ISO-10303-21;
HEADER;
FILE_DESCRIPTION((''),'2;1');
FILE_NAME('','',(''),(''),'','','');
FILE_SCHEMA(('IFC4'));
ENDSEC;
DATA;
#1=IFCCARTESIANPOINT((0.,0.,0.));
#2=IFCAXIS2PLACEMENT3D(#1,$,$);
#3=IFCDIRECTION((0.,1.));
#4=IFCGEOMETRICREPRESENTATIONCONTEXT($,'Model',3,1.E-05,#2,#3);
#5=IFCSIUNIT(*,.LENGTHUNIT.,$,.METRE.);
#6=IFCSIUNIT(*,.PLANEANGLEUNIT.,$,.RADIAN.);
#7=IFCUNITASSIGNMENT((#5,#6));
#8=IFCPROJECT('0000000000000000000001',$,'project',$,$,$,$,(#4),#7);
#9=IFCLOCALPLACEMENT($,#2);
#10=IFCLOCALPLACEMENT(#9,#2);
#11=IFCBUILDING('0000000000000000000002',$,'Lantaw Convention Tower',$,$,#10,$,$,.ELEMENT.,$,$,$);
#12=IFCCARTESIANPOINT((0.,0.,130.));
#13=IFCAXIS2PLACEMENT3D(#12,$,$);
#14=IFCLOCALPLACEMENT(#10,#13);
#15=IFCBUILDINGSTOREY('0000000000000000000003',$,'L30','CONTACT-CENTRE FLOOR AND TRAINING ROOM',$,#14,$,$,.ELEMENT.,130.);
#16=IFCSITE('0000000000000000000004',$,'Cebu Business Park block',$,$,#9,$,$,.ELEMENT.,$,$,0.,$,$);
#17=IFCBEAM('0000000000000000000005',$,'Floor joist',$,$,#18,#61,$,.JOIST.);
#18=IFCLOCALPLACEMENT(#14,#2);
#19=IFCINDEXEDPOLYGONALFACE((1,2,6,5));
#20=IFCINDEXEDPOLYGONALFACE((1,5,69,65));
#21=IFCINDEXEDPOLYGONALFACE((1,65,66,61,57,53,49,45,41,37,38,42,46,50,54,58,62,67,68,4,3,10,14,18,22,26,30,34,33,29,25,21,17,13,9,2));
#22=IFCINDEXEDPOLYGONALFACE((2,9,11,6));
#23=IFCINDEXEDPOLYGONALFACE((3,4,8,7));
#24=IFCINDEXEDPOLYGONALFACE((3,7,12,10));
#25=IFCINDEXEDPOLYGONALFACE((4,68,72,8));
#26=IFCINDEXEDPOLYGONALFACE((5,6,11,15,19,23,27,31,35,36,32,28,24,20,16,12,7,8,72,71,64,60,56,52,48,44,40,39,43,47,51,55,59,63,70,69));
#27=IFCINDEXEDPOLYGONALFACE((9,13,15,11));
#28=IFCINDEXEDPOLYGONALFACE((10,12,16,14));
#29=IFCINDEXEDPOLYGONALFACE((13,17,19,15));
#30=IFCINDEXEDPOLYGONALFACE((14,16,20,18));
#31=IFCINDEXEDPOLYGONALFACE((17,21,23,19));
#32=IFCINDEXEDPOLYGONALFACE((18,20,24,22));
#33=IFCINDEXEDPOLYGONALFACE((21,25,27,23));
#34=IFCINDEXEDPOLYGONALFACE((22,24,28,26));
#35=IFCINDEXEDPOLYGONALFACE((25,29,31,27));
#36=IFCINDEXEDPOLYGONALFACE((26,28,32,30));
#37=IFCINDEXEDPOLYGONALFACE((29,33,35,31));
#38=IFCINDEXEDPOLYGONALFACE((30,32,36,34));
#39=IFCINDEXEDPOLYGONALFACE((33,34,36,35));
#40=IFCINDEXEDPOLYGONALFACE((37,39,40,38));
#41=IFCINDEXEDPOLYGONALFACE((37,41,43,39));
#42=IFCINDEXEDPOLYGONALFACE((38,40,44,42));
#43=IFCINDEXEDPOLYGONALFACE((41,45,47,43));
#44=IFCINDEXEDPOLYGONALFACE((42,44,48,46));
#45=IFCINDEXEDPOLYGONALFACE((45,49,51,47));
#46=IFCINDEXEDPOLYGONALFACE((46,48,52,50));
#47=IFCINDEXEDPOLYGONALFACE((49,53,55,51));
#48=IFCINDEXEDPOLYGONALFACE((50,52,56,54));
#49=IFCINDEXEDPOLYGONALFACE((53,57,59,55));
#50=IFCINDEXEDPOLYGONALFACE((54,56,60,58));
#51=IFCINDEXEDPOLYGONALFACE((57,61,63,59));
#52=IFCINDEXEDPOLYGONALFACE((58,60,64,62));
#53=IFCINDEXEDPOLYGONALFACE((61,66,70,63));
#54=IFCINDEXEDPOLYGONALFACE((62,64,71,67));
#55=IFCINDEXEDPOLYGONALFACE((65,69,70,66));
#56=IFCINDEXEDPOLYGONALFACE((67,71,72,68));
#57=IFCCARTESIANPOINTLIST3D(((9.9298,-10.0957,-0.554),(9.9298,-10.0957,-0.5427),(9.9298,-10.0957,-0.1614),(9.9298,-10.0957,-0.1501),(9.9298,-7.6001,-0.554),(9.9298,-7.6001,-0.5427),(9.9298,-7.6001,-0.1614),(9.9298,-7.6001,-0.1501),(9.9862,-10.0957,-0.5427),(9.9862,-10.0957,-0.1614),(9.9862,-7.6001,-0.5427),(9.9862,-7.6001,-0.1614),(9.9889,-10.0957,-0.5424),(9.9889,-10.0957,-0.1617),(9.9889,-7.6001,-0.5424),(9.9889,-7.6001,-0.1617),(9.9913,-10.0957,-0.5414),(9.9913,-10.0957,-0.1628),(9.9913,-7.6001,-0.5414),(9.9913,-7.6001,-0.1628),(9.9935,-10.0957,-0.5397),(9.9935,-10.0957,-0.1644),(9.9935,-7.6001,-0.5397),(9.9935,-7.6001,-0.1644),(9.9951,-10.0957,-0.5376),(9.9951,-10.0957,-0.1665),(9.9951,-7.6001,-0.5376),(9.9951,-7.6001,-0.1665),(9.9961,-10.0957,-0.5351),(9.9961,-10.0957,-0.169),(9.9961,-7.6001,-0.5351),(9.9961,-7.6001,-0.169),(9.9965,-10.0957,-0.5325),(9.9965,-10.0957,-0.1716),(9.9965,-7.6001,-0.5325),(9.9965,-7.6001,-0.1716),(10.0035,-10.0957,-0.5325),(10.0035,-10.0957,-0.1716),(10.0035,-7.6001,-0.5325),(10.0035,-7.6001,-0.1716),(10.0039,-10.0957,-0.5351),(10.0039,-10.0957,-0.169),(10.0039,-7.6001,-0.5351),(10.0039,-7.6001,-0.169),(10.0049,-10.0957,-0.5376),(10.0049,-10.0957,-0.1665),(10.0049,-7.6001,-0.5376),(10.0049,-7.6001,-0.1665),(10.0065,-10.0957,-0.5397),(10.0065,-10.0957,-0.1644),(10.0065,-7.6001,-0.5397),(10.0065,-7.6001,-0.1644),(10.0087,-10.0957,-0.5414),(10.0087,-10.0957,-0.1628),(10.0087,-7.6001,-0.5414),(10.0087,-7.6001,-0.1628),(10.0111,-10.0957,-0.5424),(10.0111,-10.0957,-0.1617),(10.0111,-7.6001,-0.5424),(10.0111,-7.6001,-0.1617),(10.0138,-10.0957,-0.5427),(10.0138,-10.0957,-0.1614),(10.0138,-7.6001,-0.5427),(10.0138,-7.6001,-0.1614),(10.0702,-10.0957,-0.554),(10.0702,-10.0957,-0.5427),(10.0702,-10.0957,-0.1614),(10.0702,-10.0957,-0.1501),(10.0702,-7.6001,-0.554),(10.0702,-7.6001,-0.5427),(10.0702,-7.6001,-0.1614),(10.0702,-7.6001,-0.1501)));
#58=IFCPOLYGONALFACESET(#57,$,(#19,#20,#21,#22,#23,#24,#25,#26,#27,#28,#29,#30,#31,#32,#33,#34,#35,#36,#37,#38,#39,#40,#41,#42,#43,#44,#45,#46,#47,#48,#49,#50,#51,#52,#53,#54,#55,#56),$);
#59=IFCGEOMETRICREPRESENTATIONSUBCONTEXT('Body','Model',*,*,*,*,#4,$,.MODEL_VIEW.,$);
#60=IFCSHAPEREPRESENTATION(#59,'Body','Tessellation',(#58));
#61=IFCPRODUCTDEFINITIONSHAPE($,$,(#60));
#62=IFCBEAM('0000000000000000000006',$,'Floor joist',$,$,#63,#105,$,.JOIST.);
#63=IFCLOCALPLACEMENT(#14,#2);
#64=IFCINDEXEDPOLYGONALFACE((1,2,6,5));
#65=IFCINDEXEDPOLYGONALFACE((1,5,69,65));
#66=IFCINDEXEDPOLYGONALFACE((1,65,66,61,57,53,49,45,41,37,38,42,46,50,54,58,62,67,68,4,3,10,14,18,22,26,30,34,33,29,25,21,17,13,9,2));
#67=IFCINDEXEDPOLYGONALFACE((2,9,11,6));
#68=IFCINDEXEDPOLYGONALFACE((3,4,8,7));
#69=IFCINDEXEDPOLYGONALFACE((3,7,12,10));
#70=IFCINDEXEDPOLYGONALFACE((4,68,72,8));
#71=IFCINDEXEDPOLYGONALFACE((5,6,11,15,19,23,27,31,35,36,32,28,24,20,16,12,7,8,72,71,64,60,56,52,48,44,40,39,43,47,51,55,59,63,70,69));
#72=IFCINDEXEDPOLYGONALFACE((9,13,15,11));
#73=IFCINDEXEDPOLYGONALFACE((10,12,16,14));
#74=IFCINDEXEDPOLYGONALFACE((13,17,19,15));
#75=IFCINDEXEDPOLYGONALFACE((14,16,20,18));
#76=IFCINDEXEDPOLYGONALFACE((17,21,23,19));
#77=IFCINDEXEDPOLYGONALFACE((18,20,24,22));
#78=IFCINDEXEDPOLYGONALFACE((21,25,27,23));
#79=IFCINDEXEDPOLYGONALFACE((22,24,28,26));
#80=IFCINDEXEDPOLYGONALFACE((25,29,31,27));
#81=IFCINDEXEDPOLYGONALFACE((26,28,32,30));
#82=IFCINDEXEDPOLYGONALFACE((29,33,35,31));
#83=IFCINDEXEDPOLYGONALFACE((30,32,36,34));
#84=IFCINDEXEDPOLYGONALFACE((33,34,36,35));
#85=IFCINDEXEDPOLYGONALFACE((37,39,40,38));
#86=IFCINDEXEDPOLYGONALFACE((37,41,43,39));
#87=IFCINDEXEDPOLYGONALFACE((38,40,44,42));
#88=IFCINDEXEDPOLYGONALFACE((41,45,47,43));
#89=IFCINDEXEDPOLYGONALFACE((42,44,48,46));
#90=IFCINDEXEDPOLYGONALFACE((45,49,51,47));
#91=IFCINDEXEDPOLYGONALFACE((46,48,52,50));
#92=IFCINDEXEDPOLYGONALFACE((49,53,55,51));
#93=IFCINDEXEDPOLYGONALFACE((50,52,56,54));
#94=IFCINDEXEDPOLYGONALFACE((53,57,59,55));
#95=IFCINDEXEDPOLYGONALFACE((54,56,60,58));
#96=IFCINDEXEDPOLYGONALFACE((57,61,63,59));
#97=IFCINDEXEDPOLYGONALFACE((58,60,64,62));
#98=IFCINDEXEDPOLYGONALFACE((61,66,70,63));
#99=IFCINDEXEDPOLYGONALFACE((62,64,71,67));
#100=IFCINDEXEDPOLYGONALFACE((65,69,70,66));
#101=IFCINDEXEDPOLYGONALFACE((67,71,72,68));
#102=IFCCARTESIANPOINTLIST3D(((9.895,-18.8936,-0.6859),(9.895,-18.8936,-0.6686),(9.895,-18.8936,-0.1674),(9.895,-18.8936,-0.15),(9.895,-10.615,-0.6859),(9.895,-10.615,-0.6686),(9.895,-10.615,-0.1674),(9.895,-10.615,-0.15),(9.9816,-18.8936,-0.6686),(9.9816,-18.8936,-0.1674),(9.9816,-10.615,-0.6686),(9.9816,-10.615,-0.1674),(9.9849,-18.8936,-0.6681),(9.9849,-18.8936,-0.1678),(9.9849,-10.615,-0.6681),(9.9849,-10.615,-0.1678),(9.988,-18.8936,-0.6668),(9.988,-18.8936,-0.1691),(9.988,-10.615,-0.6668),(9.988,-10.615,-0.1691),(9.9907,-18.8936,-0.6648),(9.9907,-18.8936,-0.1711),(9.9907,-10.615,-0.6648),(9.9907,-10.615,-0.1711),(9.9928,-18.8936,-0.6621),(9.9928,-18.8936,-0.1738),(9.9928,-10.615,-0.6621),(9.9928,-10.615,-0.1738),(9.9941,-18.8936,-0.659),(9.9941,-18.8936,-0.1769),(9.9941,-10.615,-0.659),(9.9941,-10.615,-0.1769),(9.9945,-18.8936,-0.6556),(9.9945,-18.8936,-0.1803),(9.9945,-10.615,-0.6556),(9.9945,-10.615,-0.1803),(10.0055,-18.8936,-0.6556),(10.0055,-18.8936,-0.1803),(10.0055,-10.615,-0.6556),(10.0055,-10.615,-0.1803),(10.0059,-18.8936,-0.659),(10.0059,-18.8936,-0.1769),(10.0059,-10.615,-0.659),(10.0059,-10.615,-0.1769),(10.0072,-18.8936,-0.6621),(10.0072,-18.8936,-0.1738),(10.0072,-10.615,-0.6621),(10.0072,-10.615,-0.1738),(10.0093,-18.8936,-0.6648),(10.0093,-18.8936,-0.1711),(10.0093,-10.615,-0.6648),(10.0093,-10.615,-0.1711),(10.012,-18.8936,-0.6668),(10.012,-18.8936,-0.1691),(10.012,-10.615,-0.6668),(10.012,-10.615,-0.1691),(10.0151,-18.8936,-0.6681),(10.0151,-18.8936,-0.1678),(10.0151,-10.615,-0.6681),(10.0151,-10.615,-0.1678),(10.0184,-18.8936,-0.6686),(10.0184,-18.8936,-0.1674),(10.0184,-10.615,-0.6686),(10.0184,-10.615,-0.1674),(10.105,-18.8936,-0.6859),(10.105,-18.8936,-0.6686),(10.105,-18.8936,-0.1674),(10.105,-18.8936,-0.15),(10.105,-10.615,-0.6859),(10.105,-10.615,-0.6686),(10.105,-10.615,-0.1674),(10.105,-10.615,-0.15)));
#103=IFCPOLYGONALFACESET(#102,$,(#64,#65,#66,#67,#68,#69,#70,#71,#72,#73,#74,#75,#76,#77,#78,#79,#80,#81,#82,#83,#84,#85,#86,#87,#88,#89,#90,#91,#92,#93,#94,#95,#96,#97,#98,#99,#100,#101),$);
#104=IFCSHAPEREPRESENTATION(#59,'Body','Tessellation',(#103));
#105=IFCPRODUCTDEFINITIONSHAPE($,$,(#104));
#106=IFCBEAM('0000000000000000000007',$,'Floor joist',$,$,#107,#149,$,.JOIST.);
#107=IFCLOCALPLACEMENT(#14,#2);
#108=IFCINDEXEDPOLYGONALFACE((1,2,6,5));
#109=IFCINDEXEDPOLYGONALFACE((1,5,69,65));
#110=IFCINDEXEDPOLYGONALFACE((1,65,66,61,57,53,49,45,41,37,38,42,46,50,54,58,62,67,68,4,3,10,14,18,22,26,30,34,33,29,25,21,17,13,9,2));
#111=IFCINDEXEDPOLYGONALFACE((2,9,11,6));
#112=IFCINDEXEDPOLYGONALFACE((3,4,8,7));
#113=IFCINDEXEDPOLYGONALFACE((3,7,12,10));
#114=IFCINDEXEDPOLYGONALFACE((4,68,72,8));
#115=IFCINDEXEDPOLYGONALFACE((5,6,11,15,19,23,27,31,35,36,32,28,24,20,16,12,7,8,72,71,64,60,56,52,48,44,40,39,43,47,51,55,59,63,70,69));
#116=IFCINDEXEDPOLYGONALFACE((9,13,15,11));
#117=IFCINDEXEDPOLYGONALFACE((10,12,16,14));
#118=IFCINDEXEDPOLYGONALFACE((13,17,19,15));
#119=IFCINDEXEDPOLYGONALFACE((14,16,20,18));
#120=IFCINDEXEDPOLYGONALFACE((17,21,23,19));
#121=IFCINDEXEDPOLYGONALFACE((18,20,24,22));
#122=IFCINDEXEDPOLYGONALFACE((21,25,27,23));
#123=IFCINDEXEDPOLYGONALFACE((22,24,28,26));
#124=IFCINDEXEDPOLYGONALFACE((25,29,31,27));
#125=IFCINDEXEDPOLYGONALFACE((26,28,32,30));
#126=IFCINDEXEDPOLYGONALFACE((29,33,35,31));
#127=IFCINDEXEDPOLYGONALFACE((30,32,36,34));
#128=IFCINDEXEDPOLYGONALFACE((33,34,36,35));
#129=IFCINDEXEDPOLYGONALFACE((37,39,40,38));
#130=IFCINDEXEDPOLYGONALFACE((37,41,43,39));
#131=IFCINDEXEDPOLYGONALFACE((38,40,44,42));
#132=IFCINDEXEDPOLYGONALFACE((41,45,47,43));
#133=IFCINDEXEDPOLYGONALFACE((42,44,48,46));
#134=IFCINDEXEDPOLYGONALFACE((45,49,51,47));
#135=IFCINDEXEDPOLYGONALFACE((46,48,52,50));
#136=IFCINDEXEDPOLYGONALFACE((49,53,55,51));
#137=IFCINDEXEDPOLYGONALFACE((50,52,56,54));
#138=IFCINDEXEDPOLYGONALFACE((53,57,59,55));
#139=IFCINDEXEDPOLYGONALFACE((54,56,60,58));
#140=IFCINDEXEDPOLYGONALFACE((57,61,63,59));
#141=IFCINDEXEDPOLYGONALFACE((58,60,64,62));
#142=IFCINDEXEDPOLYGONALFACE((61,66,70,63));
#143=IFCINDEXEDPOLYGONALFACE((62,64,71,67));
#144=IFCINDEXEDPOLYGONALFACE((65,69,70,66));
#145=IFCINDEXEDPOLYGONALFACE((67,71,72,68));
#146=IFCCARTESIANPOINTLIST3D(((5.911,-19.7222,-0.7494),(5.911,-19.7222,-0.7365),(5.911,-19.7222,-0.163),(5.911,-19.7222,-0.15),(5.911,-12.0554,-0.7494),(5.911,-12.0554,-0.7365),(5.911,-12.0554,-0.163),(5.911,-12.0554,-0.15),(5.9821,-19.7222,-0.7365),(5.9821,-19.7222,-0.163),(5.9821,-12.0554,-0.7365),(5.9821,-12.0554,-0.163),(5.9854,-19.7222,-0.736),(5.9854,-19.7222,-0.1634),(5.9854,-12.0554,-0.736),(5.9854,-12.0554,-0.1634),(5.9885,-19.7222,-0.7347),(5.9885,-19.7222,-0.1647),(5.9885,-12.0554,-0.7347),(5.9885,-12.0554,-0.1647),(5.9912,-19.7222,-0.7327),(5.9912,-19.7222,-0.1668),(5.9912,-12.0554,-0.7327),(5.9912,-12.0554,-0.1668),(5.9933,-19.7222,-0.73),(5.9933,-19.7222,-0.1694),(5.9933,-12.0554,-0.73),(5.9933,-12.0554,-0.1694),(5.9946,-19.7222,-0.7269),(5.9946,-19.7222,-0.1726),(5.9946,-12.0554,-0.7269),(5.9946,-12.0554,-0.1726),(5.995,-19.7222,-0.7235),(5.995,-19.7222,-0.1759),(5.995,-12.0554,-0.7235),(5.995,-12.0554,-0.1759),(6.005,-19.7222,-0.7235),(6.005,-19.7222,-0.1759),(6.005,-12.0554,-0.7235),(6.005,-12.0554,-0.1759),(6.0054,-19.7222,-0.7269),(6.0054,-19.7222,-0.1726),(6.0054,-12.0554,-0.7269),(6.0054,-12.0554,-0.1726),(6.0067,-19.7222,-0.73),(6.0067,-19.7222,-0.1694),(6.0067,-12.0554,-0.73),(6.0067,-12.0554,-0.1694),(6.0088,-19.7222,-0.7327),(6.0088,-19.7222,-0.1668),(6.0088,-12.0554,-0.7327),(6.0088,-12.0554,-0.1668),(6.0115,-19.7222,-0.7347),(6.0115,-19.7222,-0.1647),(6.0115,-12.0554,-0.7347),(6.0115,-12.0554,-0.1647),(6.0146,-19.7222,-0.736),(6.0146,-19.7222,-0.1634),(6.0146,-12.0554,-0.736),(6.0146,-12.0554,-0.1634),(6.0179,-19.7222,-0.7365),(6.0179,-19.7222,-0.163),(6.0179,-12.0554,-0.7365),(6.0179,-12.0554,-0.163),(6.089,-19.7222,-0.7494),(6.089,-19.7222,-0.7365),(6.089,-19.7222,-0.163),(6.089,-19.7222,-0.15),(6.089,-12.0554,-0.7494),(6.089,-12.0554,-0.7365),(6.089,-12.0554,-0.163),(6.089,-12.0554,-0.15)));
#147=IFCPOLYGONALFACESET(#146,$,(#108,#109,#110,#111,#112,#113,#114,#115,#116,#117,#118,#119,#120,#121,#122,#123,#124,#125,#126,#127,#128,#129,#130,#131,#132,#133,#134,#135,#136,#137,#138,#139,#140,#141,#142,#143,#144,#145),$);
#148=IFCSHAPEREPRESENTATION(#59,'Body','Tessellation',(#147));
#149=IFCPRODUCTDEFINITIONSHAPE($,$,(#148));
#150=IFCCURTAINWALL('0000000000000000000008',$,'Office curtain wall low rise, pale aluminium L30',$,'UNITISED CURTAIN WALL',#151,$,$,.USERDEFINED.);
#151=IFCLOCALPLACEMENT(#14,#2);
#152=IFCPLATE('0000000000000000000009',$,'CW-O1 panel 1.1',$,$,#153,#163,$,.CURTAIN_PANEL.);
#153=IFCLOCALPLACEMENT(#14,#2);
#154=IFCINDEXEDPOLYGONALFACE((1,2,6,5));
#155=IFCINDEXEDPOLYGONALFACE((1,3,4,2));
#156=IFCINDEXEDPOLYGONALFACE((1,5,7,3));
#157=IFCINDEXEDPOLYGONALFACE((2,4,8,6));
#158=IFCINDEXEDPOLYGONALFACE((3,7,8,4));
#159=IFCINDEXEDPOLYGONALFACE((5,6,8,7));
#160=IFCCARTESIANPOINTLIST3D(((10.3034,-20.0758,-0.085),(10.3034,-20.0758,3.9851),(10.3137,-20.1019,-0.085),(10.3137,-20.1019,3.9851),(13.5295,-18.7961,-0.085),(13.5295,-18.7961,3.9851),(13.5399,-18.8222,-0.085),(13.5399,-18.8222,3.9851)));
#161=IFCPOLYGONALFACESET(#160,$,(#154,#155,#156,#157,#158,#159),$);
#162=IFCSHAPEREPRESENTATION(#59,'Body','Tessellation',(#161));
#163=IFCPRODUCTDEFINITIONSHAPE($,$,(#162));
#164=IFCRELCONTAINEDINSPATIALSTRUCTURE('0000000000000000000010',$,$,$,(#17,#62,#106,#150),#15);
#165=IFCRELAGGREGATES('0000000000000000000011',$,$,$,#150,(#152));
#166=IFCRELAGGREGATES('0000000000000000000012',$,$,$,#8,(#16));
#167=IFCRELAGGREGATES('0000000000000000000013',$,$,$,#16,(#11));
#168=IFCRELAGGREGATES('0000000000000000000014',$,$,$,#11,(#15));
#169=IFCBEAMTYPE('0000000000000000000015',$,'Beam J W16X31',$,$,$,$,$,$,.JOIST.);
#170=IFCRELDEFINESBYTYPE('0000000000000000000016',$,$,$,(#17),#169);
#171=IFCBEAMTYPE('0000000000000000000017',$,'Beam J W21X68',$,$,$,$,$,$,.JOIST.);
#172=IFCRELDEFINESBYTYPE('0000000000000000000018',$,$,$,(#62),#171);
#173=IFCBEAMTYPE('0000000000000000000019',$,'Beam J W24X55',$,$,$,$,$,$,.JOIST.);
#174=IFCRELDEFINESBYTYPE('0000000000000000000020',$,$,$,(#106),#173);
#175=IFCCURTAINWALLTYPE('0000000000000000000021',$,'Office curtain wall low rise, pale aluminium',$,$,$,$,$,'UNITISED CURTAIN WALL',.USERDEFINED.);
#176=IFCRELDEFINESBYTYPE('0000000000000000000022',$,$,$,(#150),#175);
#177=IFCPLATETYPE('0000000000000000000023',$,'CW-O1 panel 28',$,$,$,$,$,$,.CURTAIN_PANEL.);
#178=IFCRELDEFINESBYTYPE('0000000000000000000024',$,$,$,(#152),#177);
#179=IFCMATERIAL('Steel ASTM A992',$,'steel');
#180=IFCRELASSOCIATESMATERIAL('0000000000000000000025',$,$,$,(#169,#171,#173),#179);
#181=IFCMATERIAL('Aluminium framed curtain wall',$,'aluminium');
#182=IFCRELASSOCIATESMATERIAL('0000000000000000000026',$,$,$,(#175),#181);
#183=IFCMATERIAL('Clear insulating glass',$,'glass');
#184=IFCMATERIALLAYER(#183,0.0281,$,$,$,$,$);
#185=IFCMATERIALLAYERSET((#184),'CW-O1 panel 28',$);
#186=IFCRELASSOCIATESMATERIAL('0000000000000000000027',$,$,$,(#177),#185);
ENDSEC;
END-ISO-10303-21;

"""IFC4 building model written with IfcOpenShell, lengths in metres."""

from ifc_helpers import new_model, si_unit, direction, frame, origin, origin_2d, place, context, subcontext, project, spatial, rectangle, i_section, extrude, material, layer, layer_set, material_profile, profile_set, type_object, element, aggregate, save


model = new_model("IFC4")

# Units and contexts
model_context = context("Model", 3, precision=1e-05, world=origin(), true_north=direction((0.0, 1.0)))
body_context = subcontext(model_context, "Body", "Model", "MODEL_VIEW")
ifc_project = project(units=[si_unit("LENGTHUNIT", "METRE"), si_unit("PLANEANGLEUNIT", "RADIAN")], contexts=[model_context])

# Site, building, storey
site_placement = place(None, origin())
site = spatial("IfcSite", under=ifc_project, at=site_placement, Name="Cebu Business Park block", CompositionType="ELEMENT", RefElevation=0.0)
building_placement = place(site_placement, origin())
building = spatial("IfcBuilding", under=site, at=building_placement, Name="Lantaw Convention Tower", CompositionType="ELEMENT")
storey_placement = place(building_placement, frame((0.0, 0.0, 130.0)))
storey = spatial("IfcBuildingStorey", under=building, at=storey_placement, Name="L30", Description="CONTACT-CENTRE FLOOR AND TRAINING ROOM", CompositionType="ELEMENT", Elevation=130.0)

# Beams
ifc_material_1 = material(Name="Steel ASTM A992", Category="steel")
ifc_material_profile_1 = material_profile(ifc_material_1, i_section(OverallWidth=0.1404, OverallDepth=0.4038, WebThickness=0.0071, FlangeThickness=0.0112, FilletRadius=0.0103, at=origin_2d()), Name="W16X31")
ifc_profile_set_1 = profile_set([ifc_material_profile_1], Name="Steel ASTM A992")
beam_type_1 = type_object("IfcBeamType", Name="Beam J W16X31", PredefinedType="JOIST", material=ifc_profile_set_1)
beam_1_placement = place(storey_placement, frame((10.0, -10.0957, -0.3521), z_axis=(0.0, 1.0, 0.0), x_axis=(-1.0, 0.0, 0.0)))
element("IfcBeam", 1, at=beam_1_placement, inside=storey, type_object=beam_type_1, Name="Floor joist", PredefinedType="JOIST", context=body_context, shape_type="SweptSolid", body=[
    extrude(i_section(OverallWidth=0.1404, OverallDepth=0.4038, WebThickness=0.0071, FlangeThickness=0.0112, FilletRadius=0.0103, at=origin_2d()), origin(), (0.0, 0.0, 1.0), 2.4956),
])
ifc_material_profile_2 = material_profile(ifc_material_1, i_section(OverallWidth=0.21, OverallDepth=0.5359, WebThickness=0.011, FlangeThickness=0.0173, FilletRadius=0.0129, at=origin_2d()), Name="W21X68")
ifc_profile_set_2 = profile_set([ifc_material_profile_2], Name="Steel ASTM A992")
beam_type_2 = type_object("IfcBeamType", Name="Beam J W21X68", PredefinedType="JOIST", material=ifc_profile_set_2)
beam_2_placement = place(storey_placement, frame((10.0, -18.8936, -0.418), z_axis=(0.0, 1.0, 0.0), x_axis=(-1.0, 0.0, 0.0)))
element("IfcBeam", 2, at=beam_2_placement, inside=storey, type_object=beam_type_2, Name="Floor joist", PredefinedType="JOIST", context=body_context, shape_type="SweptSolid", body=[
    extrude(i_section(OverallWidth=0.21, OverallDepth=0.5359, WebThickness=0.011, FlangeThickness=0.0173, FilletRadius=0.0129, at=origin_2d()), origin(), (0.0, 0.0, 1.0), 8.2786),
])
ifc_material_profile_3 = material_profile(ifc_material_1, i_section(OverallWidth=0.178, OverallDepth=0.5994, WebThickness=0.01, FlangeThickness=0.0129, FilletRadius=0.0129, at=origin_2d()), Name="W24X55")
ifc_profile_set_3 = profile_set([ifc_material_profile_3], Name="Steel ASTM A992")
beam_type_3 = type_object("IfcBeamType", Name="Beam J W24X55", PredefinedType="JOIST", material=ifc_profile_set_3)
beam_3_placement = place(storey_placement, frame((6.0, -19.7222, -0.4497), z_axis=(0.0, 1.0, 0.0), x_axis=(-1.0, 0.0, 0.0)))
element("IfcBeam", 3, at=beam_3_placement, inside=storey, type_object=beam_type_3, Name="Floor joist", PredefinedType="JOIST", context=body_context, shape_type="SweptSolid", body=[
    extrude(i_section(OverallWidth=0.178, OverallDepth=0.5994, WebThickness=0.01, FlangeThickness=0.0129, FilletRadius=0.0129, at=origin_2d()), origin(), (0.0, 0.0, 1.0), 7.6667),
])

# Curtain wall, plate
ifc_material_2 = material(Name="Aluminium framed curtain wall", Category="aluminium")
curtain_wall_type = type_object("IfcCurtainWallType", Name="Office curtain wall low rise, pale aluminium", ElementType="UNITISED CURTAIN WALL", PredefinedType="USERDEFINED", material=ifc_material_2)
curtain_wall_placement = place(storey_placement, origin())
curtain_wall = element("IfcCurtainWall", 4, at=curtain_wall_placement, inside=storey, type_object=curtain_wall_type, Name="Office curtain wall low rise, pale aluminium L30", ObjectType="UNITISED CURTAIN WALL", PredefinedType="USERDEFINED")
ifc_material_3 = material(Name="Clear insulating glass", Category="glass")
ifc_layer_1 = layer(ifc_material_3, 0.0281)
ifc_layer_set_1 = layer_set([ifc_layer_1], Name="CW-O1 panel 28")
plate_type = type_object("IfcPlateType", Name="CW-O1 panel 28", PredefinedType="CURTAIN_PANEL", material=ifc_layer_set_1)
plate_placement = place(storey_placement, frame((11.9216, -19.449, -0.085), z_axis=(0.0, 0.0, 1.0), x_axis=(0.929548, 0.368702, 0.0)))
plate = element("IfcPlate", 5, at=plate_placement, type_object=plate_type, Name="CW-O1 panel 1.1", PredefinedType="CURTAIN_PANEL", context=body_context, shape_type="SweptSolid", body=[
    extrude(rectangle(XDim=3.4707, YDim=0.0281, at=origin_2d()), origin(), (0.0, 0.0, 1.0), 4.0701),
])
aggregate(curtain_wall, [plate])

save(model, "model.ifc")
